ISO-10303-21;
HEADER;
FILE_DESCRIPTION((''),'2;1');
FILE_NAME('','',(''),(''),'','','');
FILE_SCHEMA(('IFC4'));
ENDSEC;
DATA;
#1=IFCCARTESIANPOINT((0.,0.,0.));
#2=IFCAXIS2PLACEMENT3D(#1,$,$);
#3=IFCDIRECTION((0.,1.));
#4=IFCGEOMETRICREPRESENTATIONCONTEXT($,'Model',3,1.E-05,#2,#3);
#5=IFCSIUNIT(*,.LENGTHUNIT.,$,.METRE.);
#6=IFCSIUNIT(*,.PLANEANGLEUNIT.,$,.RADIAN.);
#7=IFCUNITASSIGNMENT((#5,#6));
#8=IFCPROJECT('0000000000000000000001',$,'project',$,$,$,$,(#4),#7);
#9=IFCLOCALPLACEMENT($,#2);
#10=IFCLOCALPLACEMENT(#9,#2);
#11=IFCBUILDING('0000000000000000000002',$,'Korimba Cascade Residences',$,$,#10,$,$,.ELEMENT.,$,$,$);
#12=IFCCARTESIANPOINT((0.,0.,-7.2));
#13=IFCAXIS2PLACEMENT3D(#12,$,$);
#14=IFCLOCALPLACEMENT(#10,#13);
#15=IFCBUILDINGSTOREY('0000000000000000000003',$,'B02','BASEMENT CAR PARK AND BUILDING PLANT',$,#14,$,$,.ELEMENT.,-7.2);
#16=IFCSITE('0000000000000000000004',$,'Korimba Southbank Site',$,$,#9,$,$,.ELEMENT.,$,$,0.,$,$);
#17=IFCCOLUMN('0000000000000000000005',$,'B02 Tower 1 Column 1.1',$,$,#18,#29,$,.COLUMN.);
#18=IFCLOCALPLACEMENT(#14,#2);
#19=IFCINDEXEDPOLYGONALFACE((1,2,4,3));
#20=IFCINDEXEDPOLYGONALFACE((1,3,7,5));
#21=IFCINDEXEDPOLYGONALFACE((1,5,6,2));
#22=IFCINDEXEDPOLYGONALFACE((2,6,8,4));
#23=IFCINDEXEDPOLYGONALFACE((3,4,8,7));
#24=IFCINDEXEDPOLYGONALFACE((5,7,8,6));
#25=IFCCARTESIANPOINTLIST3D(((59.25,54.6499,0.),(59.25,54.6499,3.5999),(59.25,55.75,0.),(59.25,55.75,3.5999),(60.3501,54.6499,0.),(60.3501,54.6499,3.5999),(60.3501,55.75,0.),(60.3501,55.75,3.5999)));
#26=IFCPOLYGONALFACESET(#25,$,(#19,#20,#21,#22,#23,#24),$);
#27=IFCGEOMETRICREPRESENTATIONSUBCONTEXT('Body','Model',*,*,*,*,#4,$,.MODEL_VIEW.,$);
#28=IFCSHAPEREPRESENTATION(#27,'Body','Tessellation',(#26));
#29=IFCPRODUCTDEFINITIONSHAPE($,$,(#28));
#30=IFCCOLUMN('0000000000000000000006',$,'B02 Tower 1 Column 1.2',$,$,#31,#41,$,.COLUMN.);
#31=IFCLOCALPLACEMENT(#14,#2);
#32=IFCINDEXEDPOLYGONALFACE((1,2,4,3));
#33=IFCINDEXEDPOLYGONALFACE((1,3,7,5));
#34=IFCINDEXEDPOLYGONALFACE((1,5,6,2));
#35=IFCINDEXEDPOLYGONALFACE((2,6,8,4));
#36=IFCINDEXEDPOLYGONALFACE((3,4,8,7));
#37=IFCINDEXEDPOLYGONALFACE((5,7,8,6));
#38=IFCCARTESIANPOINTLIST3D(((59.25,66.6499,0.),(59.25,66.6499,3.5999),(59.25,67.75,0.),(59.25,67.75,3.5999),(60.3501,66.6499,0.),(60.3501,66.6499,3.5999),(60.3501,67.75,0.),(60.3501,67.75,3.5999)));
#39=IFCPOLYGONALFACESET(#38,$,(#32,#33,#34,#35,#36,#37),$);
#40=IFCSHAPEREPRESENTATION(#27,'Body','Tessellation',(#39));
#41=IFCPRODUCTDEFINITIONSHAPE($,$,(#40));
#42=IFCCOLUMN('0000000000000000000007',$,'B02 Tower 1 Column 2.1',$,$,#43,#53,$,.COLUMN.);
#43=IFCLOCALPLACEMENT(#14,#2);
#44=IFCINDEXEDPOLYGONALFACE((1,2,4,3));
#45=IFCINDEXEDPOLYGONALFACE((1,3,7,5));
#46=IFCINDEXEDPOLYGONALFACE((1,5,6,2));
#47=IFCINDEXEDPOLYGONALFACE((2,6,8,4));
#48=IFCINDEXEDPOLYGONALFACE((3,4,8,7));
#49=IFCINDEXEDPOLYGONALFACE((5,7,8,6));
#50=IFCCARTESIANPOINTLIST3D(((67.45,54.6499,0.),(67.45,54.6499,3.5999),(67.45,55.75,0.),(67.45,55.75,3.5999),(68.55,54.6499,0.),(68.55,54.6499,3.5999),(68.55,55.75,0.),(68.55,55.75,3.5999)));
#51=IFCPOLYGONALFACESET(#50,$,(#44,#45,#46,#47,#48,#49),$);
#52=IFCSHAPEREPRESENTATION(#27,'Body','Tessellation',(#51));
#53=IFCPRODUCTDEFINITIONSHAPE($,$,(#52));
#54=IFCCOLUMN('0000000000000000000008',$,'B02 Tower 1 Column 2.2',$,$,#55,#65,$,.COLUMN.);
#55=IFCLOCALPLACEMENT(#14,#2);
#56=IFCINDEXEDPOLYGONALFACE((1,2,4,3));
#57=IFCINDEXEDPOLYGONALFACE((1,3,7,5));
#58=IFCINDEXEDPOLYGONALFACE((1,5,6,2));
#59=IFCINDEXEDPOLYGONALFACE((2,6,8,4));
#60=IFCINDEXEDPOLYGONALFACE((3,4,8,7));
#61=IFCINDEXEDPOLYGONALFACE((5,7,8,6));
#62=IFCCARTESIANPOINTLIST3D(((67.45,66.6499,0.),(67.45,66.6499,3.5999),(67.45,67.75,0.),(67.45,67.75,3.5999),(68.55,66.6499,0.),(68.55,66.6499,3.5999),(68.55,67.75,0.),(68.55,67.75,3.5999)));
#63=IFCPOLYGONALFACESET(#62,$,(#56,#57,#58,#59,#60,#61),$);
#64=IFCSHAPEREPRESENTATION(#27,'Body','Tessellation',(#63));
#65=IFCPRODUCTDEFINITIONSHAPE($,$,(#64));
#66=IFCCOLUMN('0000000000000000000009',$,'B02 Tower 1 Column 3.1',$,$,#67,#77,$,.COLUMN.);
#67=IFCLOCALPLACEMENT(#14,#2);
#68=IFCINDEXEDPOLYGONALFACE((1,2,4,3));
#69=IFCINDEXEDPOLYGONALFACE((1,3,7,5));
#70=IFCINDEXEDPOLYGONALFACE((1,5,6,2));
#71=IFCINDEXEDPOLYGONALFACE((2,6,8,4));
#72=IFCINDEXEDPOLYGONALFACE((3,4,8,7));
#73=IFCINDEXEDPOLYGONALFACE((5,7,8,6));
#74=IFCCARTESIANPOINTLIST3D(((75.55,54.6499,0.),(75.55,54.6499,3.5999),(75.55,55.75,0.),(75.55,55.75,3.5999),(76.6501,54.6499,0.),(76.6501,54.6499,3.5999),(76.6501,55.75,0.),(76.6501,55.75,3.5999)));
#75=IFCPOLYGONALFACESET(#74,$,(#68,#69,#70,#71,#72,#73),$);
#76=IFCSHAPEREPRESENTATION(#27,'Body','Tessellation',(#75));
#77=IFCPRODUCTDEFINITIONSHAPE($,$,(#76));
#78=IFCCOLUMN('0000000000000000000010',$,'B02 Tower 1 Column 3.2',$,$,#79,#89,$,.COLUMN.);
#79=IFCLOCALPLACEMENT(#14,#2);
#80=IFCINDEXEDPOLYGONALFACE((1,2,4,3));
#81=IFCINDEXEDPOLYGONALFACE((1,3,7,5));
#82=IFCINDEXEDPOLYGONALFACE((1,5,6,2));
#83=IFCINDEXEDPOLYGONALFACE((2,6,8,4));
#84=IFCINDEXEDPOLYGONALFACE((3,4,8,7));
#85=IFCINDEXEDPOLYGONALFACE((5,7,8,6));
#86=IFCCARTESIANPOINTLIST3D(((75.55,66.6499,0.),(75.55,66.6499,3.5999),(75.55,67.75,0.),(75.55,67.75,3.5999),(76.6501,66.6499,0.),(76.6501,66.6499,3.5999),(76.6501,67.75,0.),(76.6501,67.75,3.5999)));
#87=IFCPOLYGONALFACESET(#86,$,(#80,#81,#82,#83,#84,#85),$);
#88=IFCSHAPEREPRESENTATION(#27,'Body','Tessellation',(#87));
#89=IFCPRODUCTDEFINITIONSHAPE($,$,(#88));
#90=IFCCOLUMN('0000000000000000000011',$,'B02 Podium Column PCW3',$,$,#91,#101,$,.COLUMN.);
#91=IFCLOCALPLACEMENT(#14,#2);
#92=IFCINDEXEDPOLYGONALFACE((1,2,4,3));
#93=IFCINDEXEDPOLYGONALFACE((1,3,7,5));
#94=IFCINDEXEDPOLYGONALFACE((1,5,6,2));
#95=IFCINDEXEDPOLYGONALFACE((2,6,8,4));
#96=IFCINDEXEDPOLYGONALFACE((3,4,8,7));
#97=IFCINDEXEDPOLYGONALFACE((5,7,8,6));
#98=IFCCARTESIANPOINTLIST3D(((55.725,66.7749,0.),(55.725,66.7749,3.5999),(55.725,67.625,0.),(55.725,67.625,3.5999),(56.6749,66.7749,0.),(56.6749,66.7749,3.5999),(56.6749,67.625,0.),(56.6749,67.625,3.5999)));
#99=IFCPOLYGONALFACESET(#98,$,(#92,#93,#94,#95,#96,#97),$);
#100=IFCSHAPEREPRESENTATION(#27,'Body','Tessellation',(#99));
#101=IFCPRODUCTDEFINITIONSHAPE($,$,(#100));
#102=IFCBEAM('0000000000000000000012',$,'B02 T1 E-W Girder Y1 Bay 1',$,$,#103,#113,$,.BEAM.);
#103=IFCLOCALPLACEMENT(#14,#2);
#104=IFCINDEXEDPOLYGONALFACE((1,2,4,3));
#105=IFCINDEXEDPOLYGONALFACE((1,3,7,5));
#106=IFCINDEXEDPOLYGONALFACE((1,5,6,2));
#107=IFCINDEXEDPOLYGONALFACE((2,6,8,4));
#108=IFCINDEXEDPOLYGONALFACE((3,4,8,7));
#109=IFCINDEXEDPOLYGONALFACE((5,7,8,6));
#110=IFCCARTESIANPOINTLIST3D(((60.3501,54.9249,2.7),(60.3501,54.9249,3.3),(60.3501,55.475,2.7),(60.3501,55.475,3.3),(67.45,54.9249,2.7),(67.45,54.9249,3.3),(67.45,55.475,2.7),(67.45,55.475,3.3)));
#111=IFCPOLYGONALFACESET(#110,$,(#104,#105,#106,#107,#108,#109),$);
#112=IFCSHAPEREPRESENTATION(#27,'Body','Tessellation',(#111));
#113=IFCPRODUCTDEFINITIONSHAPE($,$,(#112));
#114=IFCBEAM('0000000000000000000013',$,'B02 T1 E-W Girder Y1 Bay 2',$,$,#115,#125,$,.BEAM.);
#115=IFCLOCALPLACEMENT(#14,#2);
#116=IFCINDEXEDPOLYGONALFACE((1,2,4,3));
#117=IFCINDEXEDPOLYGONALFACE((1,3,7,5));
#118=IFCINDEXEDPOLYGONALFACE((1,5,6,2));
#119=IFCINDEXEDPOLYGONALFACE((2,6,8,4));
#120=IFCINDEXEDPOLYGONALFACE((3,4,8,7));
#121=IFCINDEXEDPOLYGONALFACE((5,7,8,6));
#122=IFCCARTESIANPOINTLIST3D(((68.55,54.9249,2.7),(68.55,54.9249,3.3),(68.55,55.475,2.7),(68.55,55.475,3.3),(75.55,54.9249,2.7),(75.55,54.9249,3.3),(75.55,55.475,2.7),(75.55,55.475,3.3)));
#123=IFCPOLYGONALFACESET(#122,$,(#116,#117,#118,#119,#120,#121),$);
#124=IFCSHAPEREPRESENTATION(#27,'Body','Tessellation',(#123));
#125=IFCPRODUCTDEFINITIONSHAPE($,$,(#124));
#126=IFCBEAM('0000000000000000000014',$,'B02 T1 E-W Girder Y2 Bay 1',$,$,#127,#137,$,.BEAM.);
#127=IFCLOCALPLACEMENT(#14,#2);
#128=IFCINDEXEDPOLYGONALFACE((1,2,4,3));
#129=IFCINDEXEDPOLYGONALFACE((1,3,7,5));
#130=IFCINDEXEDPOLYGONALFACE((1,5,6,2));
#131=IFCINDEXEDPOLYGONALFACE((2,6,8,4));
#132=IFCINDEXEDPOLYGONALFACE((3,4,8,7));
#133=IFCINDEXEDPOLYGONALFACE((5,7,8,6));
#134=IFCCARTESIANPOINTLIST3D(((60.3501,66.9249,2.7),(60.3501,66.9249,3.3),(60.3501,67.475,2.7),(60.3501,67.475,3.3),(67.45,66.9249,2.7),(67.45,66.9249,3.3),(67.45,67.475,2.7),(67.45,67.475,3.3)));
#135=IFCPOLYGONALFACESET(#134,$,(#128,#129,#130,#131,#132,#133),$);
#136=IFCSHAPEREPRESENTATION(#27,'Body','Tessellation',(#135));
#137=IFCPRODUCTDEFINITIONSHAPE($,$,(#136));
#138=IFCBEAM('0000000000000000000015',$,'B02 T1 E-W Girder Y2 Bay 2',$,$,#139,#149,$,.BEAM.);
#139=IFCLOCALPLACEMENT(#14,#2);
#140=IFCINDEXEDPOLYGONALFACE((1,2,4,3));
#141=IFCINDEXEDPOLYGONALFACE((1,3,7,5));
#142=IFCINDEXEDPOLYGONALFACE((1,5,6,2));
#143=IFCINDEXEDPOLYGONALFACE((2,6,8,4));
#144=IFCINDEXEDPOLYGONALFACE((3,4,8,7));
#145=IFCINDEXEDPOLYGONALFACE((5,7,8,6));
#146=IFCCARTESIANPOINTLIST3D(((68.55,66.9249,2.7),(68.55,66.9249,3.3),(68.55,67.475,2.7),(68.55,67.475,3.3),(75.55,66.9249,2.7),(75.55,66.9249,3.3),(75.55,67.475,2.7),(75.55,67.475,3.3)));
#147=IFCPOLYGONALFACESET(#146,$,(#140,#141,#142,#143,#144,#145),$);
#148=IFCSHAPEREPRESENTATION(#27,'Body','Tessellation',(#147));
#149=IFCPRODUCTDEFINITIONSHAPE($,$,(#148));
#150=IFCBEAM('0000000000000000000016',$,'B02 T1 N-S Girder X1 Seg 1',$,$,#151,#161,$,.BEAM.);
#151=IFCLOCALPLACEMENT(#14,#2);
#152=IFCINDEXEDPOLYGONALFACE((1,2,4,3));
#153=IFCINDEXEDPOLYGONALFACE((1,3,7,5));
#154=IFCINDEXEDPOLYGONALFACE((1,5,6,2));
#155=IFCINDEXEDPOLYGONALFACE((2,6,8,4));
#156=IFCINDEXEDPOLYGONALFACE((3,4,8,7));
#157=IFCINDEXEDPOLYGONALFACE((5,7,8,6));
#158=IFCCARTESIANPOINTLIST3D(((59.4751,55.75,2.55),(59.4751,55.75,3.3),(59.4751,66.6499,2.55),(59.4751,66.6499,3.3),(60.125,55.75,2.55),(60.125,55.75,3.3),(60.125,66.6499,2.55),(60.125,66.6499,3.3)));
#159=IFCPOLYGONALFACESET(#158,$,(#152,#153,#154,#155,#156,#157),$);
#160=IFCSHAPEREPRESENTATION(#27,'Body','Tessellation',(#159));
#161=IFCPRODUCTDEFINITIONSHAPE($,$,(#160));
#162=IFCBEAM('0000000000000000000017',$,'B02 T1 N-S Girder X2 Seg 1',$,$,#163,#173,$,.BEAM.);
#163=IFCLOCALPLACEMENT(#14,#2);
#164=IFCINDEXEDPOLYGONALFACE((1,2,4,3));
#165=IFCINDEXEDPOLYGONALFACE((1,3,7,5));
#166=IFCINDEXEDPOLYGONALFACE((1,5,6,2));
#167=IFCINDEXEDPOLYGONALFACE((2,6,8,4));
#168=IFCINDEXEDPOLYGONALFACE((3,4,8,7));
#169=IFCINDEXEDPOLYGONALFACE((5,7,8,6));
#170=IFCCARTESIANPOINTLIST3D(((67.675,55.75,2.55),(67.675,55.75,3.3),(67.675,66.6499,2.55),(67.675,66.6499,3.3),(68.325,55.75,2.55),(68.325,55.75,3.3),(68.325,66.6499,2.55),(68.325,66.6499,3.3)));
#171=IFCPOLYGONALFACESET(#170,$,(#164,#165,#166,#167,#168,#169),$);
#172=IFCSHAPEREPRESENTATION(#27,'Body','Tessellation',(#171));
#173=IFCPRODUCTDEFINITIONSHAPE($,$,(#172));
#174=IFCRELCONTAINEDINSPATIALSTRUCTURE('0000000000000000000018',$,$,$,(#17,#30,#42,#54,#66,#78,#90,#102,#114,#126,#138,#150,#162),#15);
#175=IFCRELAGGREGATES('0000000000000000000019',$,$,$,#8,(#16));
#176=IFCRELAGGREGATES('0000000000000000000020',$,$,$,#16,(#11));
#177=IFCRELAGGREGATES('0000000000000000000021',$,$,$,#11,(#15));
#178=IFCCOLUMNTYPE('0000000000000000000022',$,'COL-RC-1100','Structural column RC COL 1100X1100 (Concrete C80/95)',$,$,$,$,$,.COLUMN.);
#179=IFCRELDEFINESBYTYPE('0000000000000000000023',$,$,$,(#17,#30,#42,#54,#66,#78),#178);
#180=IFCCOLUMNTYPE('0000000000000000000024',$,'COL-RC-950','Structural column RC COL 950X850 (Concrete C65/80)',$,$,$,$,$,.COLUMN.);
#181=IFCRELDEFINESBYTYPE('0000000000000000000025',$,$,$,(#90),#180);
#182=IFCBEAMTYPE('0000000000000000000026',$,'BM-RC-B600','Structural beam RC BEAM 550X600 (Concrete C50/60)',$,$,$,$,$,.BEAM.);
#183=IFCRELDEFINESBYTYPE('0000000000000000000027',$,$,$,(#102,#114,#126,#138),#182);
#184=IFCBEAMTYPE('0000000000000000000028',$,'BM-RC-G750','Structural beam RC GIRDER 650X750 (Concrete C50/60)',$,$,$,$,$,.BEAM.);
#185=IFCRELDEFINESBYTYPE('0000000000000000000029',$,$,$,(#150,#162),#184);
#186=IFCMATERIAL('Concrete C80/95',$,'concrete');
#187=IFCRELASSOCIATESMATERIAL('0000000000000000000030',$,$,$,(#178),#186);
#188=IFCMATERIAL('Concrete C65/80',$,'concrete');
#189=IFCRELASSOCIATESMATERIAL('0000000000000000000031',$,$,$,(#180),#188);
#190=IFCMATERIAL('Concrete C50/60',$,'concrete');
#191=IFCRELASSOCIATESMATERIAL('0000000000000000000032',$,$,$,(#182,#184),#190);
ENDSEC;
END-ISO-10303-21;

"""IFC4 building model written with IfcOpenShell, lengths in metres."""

from ifc_helpers import new_model, si_unit, direction, frame, origin, origin_2d, place, context, subcontext, project, spatial, rectangle, extrude, material, material_profile, profile_set, type_object, element, save


model = new_model("IFC4")

# Units and contexts
model_context = context("Model", 3, precision=1e-05, world=origin(), true_north=direction((0.0, 1.0)))
body_context = subcontext(model_context, "Body", "Model", "MODEL_VIEW")
ifc_project = project(units=[si_unit("LENGTHUNIT", "METRE"), si_unit("PLANEANGLEUNIT", "RADIAN")], contexts=[model_context])

# Site, building, storey
site_placement = place(None, origin())
site = spatial("IfcSite", under=ifc_project, at=site_placement, Name="Korimba Southbank Site", CompositionType="ELEMENT", RefElevation=0.0)
building_placement = place(site_placement, origin())
building = spatial("IfcBuilding", under=site, at=building_placement, Name="Korimba Cascade Residences", CompositionType="ELEMENT")
storey_placement = place(building_placement, frame((0.0, 0.0, -7.2)))
storey = spatial("IfcBuildingStorey", under=building, at=storey_placement, Name="B02", Description="BASEMENT CAR PARK AND BUILDING PLANT", CompositionType="ELEMENT", Elevation=-7.2)

# Columns
ifc_material_1 = material(Name="Concrete C80/95", Category="concrete")
ifc_material_profile_1 = material_profile(ifc_material_1, rectangle(XDim=1.1001, YDim=1.1001, at=origin_2d()), Name="Concrete C80/95")
ifc_profile_set_1 = profile_set([ifc_material_profile_1], Name="Concrete C80/95")
column_type_1 = type_object("IfcColumnType", Name="COL-RC-1100", Description="Structural column RC COL 1100X1100 (Concrete C80/95)", PredefinedType="COLUMN", material=ifc_profile_set_1)
for number, where, z_axis, x_axis, name in (
    (1, (59.8, 55.2, 0.0), (0.0, 0.0, 1.0), (1.0, 0.0, 0.0), "B02 Tower 1 Column 1.1"),
    (2, (59.8, 67.2, 0.0), (0.0, 0.0, 1.0), (1.0, 0.0, 0.0), "B02 Tower 1 Column 1.2"),
    (3, (68.0, 55.2, 0.0), (0.0, 0.0, 1.0), (1.0, 0.0, 0.0), "B02 Tower 1 Column 2.1"),
    (4, (68.0, 67.2, 0.0), (0.0, 0.0, 1.0), (1.0, 0.0, 0.0), "B02 Tower 1 Column 2.2"),
    (5, (76.1001, 55.2, 0.0), (0.0, 0.0, 1.0), (1.0, 0.0, 0.0), "B02 Tower 1 Column 3.1"),
    (6, (76.1001, 67.2, 0.0), (0.0, 0.0, 1.0), (1.0, 0.0, 0.0), "B02 Tower 1 Column 3.2"),
):
    element("IfcColumn", number, at=place(storey_placement, frame(where, z_axis=z_axis, x_axis=x_axis)), inside=storey, type_object=column_type_1, Name=name, PredefinedType="COLUMN", context=body_context, shape_type="SweptSolid", body=[
        extrude(rectangle(XDim=1.1001, YDim=1.1001, at=origin_2d()), origin(), (0.0, 0.0, 1.0), 3.5999),
    ])
ifc_material_2 = material(Name="Concrete C65/80", Category="concrete")
ifc_material_profile_2 = material_profile(ifc_material_2, rectangle(XDim=0.95, YDim=0.8501, at=origin_2d()), Name="Concrete C65/80")
ifc_profile_set_2 = profile_set([ifc_material_profile_2], Name="Concrete C65/80")
column_type_2 = type_object("IfcColumnType", Name="COL-RC-950", Description="Structural column RC COL 950X850 (Concrete C65/80)", PredefinedType="COLUMN", material=ifc_profile_set_2)
column_placement = place(storey_placement, frame((56.2, 67.2, 0.0), z_axis=(0.0, 0.0, 1.0), x_axis=(1.0, 0.0, 0.0)))
element("IfcColumn", 7, at=column_placement, inside=storey, type_object=column_type_2, Name="B02 Podium Column PCW3", PredefinedType="COLUMN", context=body_context, shape_type="SweptSolid", body=[
    extrude(rectangle(XDim=0.95, YDim=0.8501, at=origin_2d()), origin(), (0.0, 0.0, 1.0), 3.5999),
])

# Beams
ifc_material_3 = material(Name="Concrete C50/60", Category="concrete")
ifc_material_profile_3 = material_profile(ifc_material_3, rectangle(XDim=0.55, YDim=0.6001, at=origin_2d()), Name="Concrete C50/60")
ifc_profile_set_3 = profile_set([ifc_material_profile_3], Name="Concrete C50/60")
beam_type_1 = type_object("IfcBeamType", Name="BM-RC-B600", Description="Structural beam RC BEAM 550X600 (Concrete C50/60)", PredefinedType="BEAM", material=ifc_profile_set_3)
beam_1_placement = place(storey_placement, frame((60.3501, 55.2, 3.0), z_axis=(1.0, 0.0, 0.0), x_axis=(0.0, 1.0, 0.0)))
element("IfcBeam", 8, at=beam_1_placement, inside=storey, type_object=beam_type_1, Name="B02 T1 E-W Girder Y1 Bay 1", PredefinedType="BEAM", context=body_context, shape_type="SweptSolid", body=[
    extrude(rectangle(XDim=0.55, YDim=0.6001, at=origin_2d()), origin(), (0.0, 0.0, 1.0), 7.0999),
])
beam_2_placement = place(storey_placement, frame((68.55, 55.2, 3.0), z_axis=(1.0, 0.0, 0.0), x_axis=(0.0, 1.0, 0.0)))
element("IfcBeam", 9, at=beam_2_placement, inside=storey, type_object=beam_type_1, Name="B02 T1 E-W Girder Y1 Bay 2", PredefinedType="BEAM", context=body_context, shape_type="SweptSolid", body=[
    extrude(rectangle(XDim=0.55, YDim=0.6001, at=origin_2d()), origin(), (0.0, 0.0, 1.0), 7.0),
])
beam_3_placement = place(storey_placement, frame((60.3501, 67.2, 3.0), z_axis=(1.0, 0.0, 0.0), x_axis=(0.0, 1.0, 0.0)))
element("IfcBeam", 10, at=beam_3_placement, inside=storey, type_object=beam_type_1, Name="B02 T1 E-W Girder Y2 Bay 1", PredefinedType="BEAM", context=body_context, shape_type="SweptSolid", body=[
    extrude(rectangle(XDim=0.55, YDim=0.6001, at=origin_2d()), origin(), (0.0, 0.0, 1.0), 7.0999),
])
beam_4_placement = place(storey_placement, frame((68.55, 67.2, 3.0), z_axis=(1.0, 0.0, 0.0), x_axis=(0.0, 1.0, 0.0)))
element("IfcBeam", 11, at=beam_4_placement, inside=storey, type_object=beam_type_1, Name="B02 T1 E-W Girder Y2 Bay 2", PredefinedType="BEAM", context=body_context, shape_type="SweptSolid", body=[
    extrude(rectangle(XDim=0.55, YDim=0.6001, at=origin_2d()), origin(), (0.0, 0.0, 1.0), 7.0),
])
ifc_material_profile_4 = material_profile(ifc_material_3, rectangle(XDim=0.6499, YDim=0.75, at=origin_2d()), Name="Concrete C50/60")
ifc_profile_set_4 = profile_set([ifc_material_profile_4], Name="Concrete C50/60")
beam_type_2 = type_object("IfcBeamType", Name="BM-RC-G750", Description="Structural beam RC GIRDER 650X750 (Concrete C50/60)", PredefinedType="BEAM", material=ifc_profile_set_4)
for number, where, z_axis, x_axis, name in (
    (12, (59.8, 55.75, 2.925), (0.0, 1.0, 0.0), (-1.0, 0.0, 0.0), "B02 T1 N-S Girder X1 Seg 1"),
    (13, (68.0, 55.75, 2.925), (0.0, 1.0, 0.0), (-1.0, 0.0, 0.0), "B02 T1 N-S Girder X2 Seg 1"),
):
    element("IfcBeam", number, at=place(storey_placement, frame(where, z_axis=z_axis, x_axis=x_axis)), inside=storey, type_object=beam_type_2, Name=name, PredefinedType="BEAM", context=body_context, shape_type="SweptSolid", body=[
        extrude(rectangle(XDim=0.6499, YDim=0.75, at=origin_2d()), origin(), (0.0, 0.0, 1.0), 10.8999),
    ])

save(model, "model.ifc")
